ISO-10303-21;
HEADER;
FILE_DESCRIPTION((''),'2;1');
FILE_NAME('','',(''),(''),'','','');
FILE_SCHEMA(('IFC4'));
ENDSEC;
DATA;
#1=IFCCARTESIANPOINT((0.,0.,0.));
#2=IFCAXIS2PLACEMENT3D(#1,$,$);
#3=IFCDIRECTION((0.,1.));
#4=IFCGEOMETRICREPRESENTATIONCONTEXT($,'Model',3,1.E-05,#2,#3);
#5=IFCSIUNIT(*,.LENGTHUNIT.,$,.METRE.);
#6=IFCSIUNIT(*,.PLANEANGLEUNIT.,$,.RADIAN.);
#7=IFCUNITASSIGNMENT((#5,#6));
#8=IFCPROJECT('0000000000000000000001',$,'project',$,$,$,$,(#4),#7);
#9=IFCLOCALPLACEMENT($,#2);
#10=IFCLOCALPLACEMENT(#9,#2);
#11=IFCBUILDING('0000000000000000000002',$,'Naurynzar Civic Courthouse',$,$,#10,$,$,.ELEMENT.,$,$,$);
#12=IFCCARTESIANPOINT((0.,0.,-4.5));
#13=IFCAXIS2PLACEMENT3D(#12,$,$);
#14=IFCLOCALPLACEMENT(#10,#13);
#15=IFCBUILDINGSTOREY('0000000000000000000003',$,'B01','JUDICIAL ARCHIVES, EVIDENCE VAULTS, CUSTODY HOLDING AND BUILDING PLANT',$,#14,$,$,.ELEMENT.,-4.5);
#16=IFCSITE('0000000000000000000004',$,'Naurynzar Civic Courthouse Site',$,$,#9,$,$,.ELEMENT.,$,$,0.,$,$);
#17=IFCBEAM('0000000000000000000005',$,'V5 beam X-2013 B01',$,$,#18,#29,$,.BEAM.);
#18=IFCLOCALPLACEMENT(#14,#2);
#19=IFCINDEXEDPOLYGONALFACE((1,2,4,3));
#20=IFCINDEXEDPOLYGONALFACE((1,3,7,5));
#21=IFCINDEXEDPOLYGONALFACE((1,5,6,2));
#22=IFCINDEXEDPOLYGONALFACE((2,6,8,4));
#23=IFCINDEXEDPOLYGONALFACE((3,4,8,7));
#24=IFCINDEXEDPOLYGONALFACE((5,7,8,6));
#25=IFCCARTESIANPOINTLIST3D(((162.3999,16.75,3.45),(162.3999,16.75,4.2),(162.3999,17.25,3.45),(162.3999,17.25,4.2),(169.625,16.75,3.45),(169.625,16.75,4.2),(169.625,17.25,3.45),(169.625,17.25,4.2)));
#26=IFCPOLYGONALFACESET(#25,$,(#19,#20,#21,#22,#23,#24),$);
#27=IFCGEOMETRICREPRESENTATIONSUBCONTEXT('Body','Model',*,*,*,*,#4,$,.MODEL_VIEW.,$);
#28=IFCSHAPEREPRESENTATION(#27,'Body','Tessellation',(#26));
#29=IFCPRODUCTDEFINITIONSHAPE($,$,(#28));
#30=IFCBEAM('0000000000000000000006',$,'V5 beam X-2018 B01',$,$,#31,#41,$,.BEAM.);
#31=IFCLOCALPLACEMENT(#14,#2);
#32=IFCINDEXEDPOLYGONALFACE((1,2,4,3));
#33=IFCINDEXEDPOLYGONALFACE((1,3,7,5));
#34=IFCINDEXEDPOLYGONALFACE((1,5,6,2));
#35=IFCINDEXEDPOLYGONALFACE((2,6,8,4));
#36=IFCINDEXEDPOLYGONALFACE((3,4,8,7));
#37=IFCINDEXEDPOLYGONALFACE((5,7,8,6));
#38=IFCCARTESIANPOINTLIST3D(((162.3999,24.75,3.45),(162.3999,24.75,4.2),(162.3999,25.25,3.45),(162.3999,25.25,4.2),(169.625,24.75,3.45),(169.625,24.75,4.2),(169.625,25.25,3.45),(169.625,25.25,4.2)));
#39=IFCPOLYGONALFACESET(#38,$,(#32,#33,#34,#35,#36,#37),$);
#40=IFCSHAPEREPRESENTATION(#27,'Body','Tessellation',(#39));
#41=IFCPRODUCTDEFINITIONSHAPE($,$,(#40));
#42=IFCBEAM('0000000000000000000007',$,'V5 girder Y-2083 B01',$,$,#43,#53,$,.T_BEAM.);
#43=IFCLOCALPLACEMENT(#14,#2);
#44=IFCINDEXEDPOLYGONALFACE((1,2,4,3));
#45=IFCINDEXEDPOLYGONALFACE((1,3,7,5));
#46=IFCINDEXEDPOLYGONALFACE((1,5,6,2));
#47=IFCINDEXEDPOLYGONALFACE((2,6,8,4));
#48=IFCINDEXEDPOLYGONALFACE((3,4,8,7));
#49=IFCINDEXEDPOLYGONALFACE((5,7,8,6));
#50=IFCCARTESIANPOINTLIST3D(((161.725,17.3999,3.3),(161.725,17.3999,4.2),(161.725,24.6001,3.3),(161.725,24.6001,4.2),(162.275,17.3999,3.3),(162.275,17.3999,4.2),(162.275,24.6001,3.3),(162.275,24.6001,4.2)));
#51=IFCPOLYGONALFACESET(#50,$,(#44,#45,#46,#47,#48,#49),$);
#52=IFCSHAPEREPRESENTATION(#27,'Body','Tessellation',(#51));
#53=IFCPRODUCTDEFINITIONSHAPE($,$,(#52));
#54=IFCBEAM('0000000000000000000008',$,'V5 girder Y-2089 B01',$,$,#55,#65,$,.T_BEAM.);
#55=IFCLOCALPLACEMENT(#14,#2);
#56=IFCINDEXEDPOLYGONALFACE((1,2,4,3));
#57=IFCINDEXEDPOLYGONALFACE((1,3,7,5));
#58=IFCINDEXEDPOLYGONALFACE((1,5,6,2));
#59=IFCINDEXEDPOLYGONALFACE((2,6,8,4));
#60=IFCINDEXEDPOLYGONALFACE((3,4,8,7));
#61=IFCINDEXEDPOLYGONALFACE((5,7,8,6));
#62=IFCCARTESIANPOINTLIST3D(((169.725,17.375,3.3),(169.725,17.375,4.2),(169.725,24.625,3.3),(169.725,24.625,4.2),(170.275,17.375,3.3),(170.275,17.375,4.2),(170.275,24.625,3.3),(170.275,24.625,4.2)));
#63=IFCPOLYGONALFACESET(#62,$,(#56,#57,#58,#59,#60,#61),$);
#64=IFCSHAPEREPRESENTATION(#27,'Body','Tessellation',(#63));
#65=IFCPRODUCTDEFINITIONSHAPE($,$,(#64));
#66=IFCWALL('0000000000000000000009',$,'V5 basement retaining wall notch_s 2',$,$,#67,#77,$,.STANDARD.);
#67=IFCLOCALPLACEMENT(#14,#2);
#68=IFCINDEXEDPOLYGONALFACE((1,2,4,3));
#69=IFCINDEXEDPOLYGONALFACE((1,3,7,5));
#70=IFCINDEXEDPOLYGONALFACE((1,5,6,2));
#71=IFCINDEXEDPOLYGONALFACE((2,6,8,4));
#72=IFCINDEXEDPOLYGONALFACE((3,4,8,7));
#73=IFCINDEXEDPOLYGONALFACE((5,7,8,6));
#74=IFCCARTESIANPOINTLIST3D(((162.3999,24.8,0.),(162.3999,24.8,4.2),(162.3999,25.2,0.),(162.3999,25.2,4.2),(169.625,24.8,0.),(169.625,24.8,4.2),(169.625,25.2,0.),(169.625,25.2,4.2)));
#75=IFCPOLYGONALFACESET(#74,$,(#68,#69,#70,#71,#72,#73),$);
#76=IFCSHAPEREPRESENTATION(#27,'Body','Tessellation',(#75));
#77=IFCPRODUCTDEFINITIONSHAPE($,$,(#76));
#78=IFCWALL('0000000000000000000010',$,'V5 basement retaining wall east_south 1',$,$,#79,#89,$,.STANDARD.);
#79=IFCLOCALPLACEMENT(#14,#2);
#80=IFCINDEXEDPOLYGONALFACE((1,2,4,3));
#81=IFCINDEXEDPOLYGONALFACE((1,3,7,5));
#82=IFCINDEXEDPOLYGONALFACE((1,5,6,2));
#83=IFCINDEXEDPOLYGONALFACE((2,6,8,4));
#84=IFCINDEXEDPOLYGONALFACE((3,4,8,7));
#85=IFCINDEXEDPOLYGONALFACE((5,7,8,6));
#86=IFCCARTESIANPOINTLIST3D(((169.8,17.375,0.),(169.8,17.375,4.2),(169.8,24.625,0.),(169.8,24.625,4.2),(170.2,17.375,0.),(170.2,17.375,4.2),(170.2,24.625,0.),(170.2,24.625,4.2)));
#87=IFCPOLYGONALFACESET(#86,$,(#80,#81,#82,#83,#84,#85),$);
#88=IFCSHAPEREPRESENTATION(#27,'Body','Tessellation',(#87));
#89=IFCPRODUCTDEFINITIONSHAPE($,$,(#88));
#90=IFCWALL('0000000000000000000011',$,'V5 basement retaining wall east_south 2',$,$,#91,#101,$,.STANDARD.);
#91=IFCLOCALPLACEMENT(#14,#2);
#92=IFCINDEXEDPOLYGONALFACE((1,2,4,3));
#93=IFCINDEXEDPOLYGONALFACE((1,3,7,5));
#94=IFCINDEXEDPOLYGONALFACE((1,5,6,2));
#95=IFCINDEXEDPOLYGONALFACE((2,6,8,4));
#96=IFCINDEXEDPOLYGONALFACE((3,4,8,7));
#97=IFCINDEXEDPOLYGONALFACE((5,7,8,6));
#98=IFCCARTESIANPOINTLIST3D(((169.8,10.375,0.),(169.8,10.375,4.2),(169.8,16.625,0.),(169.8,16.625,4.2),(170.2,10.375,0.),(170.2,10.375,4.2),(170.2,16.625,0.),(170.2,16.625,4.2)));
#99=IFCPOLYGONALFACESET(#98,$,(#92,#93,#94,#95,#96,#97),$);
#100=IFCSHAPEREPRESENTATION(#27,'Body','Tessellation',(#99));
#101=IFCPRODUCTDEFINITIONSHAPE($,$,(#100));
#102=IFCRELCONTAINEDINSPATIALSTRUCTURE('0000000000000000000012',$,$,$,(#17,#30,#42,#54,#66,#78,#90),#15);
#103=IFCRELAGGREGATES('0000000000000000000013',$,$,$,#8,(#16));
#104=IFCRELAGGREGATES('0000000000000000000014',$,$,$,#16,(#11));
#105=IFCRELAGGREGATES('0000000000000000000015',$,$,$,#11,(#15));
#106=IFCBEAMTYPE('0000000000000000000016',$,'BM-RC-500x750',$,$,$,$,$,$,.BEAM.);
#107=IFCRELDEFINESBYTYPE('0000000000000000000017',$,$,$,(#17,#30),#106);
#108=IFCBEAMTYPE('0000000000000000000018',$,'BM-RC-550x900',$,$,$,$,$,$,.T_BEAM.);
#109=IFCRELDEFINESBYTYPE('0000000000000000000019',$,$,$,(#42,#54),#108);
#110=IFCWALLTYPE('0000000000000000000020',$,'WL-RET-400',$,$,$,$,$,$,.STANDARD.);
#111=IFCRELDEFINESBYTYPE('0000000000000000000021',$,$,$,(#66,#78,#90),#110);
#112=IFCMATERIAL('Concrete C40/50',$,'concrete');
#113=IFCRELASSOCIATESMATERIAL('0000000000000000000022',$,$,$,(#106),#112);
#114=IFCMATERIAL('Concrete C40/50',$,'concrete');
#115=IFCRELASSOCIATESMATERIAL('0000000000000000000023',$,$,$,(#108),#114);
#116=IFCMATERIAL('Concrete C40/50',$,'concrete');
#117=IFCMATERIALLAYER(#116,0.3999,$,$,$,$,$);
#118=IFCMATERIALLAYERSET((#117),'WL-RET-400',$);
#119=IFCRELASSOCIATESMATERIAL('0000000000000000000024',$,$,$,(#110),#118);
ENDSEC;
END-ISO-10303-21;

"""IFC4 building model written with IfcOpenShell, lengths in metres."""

from ifc_helpers import new_model, si_unit, direction, frame, frame_2d, origin, origin_2d, place, context, subcontext, project, spatial, rectangle, extrude, material, layer, layer_set, material_profile, profile_set, type_object, element, save


model = new_model("IFC4")

# Units and contexts
model_context = context("Model", 3, precision=1e-05, world=origin(), true_north=direction((0.0, 1.0)))
body_context = subcontext(model_context, "Body", "Model", "MODEL_VIEW")
ifc_project = project(units=[si_unit("LENGTHUNIT", "METRE"), si_unit("PLANEANGLEUNIT", "RADIAN")], contexts=[model_context])

# Site, building, storey
site_placement = place(None, origin())
site = spatial("IfcSite", under=ifc_project, at=site_placement, Name="Naurynzar Civic Courthouse Site", CompositionType="ELEMENT", RefElevation=0.0)
building_placement = place(site_placement, origin())
building = spatial("IfcBuilding", under=site, at=building_placement, Name="Naurynzar Civic Courthouse", CompositionType="ELEMENT")
storey_placement = place(building_placement, frame((0.0, 0.0, -4.5)))
storey = spatial("IfcBuildingStorey", under=building, at=storey_placement, Name="B01", Description="JUDICIAL ARCHIVES, EVIDENCE VAULTS, CUSTODY HOLDING AND BUILDING PLANT", CompositionType="ELEMENT", Elevation=-4.5)

# Beams
ifc_material_1 = material(Name="Concrete C40/50", Category="concrete")
ifc_material_profile_1 = material_profile(ifc_material_1, rectangle(XDim=0.5, YDim=0.75, at=origin_2d()), Name="RCB 500x750")
ifc_profile_set_1 = profile_set([ifc_material_profile_1], Name="Concrete C40/50")
beam_type_1 = type_object("IfcBeamType", Name="BM-RC-500x750", PredefinedType="BEAM", material=ifc_profile_set_1)
for number, where, z_axis, x_axis, name in (
    (1, (162.3999, 17.0, 3.825), (1.0, 0.0, 0.0), (0.0, 1.0, 0.0), "V5 beam X-2013 B01"),
    (2, (162.3999, 25.0, 3.825), (1.0, 0.0, 0.0), (0.0, 1.0, 0.0), "V5 beam X-2018 B01"),
):
    element("IfcBeam", number, at=place(storey_placement, frame(where, z_axis=z_axis, x_axis=x_axis)), inside=storey, type_object=beam_type_1, Name=name, PredefinedType="BEAM", context=body_context, shape_type="SweptSolid", body=[
        extrude(rectangle(XDim=0.5, YDim=0.75, at=origin_2d()), origin(), (0.0, 0.0, 1.0), 7.2251),
    ])
ifc_material_2 = material(Name="Concrete C40/50", Category="concrete")
ifc_material_profile_2 = material_profile(ifc_material_2, rectangle(XDim=0.55, YDim=0.8999, at=origin_2d()), Name="RCB 550x900")
ifc_profile_set_2 = profile_set([ifc_material_profile_2], Name="Concrete C40/50")
beam_type_2 = type_object("IfcBeamType", Name="BM-RC-550x900", PredefinedType="T_BEAM", material=ifc_profile_set_2)
beam_1_placement = place(storey_placement, frame((162.0, 17.3999, 3.75), z_axis=(0.0, 1.0, 0.0), x_axis=(-1.0, 0.0, 0.0)))
element("IfcBeam", 3, at=beam_1_placement, inside=storey, type_object=beam_type_2, Name="V5 girder Y-2083 B01", PredefinedType="T_BEAM", context=body_context, shape_type="SweptSolid", body=[
    extrude(rectangle(XDim=0.55, YDim=0.8999, at=origin_2d()), origin(), (0.0, 0.0, 1.0), 7.2002),
])
beam_2_placement = place(storey_placement, frame((170.0, 17.375, 3.75), z_axis=(0.0, 1.0, 0.0), x_axis=(-1.0, 0.0, 0.0)))
element("IfcBeam", 4, at=beam_2_placement, inside=storey, type_object=beam_type_2, Name="V5 girder Y-2089 B01", PredefinedType="T_BEAM", context=body_context, shape_type="SweptSolid", body=[
    extrude(rectangle(XDim=0.55, YDim=0.8999, at=origin_2d()), origin(), (0.0, 0.0, 1.0), 7.25),
])

# Walls
ifc_material_3 = material(Name="Concrete C40/50", Category="concrete")
ifc_layer = layer(ifc_material_3, 0.3999)
ifc_layer_set = layer_set([ifc_layer], Name="WL-RET-400")
wall_type = type_object("IfcWallType", Name="WL-RET-400", PredefinedType="STANDARD", material=ifc_layer_set)
wall_1_placement = place(storey_placement, frame((162.3999, 25.0, 0.0), z_axis=(0.0, 0.0, 1.0), x_axis=(1.0, 0.0, 0.0)))
element("IfcWall", 5, at=wall_1_placement, inside=storey, type_object=wall_type, Name="V5 basement retaining wall notch_s 2", PredefinedType="STANDARD", context=body_context, shape_type="SweptSolid", body=[
    extrude(rectangle(XDim=7.2251, YDim=0.3999, at=frame_2d((3.6125, 0.0))), origin(), (0.0, 0.0, 1.0), 4.2),
])
wall_2_placement = place(storey_placement, frame((170.0, 24.625, 0.0), z_axis=(0.0, 0.0, 1.0), x_axis=(0.0, -1.0, 0.0)))
element("IfcWall", 6, at=wall_2_placement, inside=storey, type_object=wall_type, Name="V5 basement retaining wall east_south 1", PredefinedType="STANDARD", context=body_context, shape_type="SweptSolid", body=[
    extrude(rectangle(XDim=7.25, YDim=0.3999, at=frame_2d((3.625, 0.0))), origin(), (0.0, 0.0, 1.0), 4.2),
])
wall_3_placement = place(storey_placement, frame((170.0, 16.625, 0.0), z_axis=(0.0, 0.0, 1.0), x_axis=(0.0, -1.0, 0.0)))
element("IfcWall", 7, at=wall_3_placement, inside=storey, type_object=wall_type, Name="V5 basement retaining wall east_south 2", PredefinedType="STANDARD", context=body_context, shape_type="SweptSolid", body=[
    extrude(rectangle(XDim=6.25, YDim=0.3999, at=frame_2d((3.125, 0.0))), origin(), (0.0, 0.0, 1.0), 4.2),
])

save(model, "model.ifc")
